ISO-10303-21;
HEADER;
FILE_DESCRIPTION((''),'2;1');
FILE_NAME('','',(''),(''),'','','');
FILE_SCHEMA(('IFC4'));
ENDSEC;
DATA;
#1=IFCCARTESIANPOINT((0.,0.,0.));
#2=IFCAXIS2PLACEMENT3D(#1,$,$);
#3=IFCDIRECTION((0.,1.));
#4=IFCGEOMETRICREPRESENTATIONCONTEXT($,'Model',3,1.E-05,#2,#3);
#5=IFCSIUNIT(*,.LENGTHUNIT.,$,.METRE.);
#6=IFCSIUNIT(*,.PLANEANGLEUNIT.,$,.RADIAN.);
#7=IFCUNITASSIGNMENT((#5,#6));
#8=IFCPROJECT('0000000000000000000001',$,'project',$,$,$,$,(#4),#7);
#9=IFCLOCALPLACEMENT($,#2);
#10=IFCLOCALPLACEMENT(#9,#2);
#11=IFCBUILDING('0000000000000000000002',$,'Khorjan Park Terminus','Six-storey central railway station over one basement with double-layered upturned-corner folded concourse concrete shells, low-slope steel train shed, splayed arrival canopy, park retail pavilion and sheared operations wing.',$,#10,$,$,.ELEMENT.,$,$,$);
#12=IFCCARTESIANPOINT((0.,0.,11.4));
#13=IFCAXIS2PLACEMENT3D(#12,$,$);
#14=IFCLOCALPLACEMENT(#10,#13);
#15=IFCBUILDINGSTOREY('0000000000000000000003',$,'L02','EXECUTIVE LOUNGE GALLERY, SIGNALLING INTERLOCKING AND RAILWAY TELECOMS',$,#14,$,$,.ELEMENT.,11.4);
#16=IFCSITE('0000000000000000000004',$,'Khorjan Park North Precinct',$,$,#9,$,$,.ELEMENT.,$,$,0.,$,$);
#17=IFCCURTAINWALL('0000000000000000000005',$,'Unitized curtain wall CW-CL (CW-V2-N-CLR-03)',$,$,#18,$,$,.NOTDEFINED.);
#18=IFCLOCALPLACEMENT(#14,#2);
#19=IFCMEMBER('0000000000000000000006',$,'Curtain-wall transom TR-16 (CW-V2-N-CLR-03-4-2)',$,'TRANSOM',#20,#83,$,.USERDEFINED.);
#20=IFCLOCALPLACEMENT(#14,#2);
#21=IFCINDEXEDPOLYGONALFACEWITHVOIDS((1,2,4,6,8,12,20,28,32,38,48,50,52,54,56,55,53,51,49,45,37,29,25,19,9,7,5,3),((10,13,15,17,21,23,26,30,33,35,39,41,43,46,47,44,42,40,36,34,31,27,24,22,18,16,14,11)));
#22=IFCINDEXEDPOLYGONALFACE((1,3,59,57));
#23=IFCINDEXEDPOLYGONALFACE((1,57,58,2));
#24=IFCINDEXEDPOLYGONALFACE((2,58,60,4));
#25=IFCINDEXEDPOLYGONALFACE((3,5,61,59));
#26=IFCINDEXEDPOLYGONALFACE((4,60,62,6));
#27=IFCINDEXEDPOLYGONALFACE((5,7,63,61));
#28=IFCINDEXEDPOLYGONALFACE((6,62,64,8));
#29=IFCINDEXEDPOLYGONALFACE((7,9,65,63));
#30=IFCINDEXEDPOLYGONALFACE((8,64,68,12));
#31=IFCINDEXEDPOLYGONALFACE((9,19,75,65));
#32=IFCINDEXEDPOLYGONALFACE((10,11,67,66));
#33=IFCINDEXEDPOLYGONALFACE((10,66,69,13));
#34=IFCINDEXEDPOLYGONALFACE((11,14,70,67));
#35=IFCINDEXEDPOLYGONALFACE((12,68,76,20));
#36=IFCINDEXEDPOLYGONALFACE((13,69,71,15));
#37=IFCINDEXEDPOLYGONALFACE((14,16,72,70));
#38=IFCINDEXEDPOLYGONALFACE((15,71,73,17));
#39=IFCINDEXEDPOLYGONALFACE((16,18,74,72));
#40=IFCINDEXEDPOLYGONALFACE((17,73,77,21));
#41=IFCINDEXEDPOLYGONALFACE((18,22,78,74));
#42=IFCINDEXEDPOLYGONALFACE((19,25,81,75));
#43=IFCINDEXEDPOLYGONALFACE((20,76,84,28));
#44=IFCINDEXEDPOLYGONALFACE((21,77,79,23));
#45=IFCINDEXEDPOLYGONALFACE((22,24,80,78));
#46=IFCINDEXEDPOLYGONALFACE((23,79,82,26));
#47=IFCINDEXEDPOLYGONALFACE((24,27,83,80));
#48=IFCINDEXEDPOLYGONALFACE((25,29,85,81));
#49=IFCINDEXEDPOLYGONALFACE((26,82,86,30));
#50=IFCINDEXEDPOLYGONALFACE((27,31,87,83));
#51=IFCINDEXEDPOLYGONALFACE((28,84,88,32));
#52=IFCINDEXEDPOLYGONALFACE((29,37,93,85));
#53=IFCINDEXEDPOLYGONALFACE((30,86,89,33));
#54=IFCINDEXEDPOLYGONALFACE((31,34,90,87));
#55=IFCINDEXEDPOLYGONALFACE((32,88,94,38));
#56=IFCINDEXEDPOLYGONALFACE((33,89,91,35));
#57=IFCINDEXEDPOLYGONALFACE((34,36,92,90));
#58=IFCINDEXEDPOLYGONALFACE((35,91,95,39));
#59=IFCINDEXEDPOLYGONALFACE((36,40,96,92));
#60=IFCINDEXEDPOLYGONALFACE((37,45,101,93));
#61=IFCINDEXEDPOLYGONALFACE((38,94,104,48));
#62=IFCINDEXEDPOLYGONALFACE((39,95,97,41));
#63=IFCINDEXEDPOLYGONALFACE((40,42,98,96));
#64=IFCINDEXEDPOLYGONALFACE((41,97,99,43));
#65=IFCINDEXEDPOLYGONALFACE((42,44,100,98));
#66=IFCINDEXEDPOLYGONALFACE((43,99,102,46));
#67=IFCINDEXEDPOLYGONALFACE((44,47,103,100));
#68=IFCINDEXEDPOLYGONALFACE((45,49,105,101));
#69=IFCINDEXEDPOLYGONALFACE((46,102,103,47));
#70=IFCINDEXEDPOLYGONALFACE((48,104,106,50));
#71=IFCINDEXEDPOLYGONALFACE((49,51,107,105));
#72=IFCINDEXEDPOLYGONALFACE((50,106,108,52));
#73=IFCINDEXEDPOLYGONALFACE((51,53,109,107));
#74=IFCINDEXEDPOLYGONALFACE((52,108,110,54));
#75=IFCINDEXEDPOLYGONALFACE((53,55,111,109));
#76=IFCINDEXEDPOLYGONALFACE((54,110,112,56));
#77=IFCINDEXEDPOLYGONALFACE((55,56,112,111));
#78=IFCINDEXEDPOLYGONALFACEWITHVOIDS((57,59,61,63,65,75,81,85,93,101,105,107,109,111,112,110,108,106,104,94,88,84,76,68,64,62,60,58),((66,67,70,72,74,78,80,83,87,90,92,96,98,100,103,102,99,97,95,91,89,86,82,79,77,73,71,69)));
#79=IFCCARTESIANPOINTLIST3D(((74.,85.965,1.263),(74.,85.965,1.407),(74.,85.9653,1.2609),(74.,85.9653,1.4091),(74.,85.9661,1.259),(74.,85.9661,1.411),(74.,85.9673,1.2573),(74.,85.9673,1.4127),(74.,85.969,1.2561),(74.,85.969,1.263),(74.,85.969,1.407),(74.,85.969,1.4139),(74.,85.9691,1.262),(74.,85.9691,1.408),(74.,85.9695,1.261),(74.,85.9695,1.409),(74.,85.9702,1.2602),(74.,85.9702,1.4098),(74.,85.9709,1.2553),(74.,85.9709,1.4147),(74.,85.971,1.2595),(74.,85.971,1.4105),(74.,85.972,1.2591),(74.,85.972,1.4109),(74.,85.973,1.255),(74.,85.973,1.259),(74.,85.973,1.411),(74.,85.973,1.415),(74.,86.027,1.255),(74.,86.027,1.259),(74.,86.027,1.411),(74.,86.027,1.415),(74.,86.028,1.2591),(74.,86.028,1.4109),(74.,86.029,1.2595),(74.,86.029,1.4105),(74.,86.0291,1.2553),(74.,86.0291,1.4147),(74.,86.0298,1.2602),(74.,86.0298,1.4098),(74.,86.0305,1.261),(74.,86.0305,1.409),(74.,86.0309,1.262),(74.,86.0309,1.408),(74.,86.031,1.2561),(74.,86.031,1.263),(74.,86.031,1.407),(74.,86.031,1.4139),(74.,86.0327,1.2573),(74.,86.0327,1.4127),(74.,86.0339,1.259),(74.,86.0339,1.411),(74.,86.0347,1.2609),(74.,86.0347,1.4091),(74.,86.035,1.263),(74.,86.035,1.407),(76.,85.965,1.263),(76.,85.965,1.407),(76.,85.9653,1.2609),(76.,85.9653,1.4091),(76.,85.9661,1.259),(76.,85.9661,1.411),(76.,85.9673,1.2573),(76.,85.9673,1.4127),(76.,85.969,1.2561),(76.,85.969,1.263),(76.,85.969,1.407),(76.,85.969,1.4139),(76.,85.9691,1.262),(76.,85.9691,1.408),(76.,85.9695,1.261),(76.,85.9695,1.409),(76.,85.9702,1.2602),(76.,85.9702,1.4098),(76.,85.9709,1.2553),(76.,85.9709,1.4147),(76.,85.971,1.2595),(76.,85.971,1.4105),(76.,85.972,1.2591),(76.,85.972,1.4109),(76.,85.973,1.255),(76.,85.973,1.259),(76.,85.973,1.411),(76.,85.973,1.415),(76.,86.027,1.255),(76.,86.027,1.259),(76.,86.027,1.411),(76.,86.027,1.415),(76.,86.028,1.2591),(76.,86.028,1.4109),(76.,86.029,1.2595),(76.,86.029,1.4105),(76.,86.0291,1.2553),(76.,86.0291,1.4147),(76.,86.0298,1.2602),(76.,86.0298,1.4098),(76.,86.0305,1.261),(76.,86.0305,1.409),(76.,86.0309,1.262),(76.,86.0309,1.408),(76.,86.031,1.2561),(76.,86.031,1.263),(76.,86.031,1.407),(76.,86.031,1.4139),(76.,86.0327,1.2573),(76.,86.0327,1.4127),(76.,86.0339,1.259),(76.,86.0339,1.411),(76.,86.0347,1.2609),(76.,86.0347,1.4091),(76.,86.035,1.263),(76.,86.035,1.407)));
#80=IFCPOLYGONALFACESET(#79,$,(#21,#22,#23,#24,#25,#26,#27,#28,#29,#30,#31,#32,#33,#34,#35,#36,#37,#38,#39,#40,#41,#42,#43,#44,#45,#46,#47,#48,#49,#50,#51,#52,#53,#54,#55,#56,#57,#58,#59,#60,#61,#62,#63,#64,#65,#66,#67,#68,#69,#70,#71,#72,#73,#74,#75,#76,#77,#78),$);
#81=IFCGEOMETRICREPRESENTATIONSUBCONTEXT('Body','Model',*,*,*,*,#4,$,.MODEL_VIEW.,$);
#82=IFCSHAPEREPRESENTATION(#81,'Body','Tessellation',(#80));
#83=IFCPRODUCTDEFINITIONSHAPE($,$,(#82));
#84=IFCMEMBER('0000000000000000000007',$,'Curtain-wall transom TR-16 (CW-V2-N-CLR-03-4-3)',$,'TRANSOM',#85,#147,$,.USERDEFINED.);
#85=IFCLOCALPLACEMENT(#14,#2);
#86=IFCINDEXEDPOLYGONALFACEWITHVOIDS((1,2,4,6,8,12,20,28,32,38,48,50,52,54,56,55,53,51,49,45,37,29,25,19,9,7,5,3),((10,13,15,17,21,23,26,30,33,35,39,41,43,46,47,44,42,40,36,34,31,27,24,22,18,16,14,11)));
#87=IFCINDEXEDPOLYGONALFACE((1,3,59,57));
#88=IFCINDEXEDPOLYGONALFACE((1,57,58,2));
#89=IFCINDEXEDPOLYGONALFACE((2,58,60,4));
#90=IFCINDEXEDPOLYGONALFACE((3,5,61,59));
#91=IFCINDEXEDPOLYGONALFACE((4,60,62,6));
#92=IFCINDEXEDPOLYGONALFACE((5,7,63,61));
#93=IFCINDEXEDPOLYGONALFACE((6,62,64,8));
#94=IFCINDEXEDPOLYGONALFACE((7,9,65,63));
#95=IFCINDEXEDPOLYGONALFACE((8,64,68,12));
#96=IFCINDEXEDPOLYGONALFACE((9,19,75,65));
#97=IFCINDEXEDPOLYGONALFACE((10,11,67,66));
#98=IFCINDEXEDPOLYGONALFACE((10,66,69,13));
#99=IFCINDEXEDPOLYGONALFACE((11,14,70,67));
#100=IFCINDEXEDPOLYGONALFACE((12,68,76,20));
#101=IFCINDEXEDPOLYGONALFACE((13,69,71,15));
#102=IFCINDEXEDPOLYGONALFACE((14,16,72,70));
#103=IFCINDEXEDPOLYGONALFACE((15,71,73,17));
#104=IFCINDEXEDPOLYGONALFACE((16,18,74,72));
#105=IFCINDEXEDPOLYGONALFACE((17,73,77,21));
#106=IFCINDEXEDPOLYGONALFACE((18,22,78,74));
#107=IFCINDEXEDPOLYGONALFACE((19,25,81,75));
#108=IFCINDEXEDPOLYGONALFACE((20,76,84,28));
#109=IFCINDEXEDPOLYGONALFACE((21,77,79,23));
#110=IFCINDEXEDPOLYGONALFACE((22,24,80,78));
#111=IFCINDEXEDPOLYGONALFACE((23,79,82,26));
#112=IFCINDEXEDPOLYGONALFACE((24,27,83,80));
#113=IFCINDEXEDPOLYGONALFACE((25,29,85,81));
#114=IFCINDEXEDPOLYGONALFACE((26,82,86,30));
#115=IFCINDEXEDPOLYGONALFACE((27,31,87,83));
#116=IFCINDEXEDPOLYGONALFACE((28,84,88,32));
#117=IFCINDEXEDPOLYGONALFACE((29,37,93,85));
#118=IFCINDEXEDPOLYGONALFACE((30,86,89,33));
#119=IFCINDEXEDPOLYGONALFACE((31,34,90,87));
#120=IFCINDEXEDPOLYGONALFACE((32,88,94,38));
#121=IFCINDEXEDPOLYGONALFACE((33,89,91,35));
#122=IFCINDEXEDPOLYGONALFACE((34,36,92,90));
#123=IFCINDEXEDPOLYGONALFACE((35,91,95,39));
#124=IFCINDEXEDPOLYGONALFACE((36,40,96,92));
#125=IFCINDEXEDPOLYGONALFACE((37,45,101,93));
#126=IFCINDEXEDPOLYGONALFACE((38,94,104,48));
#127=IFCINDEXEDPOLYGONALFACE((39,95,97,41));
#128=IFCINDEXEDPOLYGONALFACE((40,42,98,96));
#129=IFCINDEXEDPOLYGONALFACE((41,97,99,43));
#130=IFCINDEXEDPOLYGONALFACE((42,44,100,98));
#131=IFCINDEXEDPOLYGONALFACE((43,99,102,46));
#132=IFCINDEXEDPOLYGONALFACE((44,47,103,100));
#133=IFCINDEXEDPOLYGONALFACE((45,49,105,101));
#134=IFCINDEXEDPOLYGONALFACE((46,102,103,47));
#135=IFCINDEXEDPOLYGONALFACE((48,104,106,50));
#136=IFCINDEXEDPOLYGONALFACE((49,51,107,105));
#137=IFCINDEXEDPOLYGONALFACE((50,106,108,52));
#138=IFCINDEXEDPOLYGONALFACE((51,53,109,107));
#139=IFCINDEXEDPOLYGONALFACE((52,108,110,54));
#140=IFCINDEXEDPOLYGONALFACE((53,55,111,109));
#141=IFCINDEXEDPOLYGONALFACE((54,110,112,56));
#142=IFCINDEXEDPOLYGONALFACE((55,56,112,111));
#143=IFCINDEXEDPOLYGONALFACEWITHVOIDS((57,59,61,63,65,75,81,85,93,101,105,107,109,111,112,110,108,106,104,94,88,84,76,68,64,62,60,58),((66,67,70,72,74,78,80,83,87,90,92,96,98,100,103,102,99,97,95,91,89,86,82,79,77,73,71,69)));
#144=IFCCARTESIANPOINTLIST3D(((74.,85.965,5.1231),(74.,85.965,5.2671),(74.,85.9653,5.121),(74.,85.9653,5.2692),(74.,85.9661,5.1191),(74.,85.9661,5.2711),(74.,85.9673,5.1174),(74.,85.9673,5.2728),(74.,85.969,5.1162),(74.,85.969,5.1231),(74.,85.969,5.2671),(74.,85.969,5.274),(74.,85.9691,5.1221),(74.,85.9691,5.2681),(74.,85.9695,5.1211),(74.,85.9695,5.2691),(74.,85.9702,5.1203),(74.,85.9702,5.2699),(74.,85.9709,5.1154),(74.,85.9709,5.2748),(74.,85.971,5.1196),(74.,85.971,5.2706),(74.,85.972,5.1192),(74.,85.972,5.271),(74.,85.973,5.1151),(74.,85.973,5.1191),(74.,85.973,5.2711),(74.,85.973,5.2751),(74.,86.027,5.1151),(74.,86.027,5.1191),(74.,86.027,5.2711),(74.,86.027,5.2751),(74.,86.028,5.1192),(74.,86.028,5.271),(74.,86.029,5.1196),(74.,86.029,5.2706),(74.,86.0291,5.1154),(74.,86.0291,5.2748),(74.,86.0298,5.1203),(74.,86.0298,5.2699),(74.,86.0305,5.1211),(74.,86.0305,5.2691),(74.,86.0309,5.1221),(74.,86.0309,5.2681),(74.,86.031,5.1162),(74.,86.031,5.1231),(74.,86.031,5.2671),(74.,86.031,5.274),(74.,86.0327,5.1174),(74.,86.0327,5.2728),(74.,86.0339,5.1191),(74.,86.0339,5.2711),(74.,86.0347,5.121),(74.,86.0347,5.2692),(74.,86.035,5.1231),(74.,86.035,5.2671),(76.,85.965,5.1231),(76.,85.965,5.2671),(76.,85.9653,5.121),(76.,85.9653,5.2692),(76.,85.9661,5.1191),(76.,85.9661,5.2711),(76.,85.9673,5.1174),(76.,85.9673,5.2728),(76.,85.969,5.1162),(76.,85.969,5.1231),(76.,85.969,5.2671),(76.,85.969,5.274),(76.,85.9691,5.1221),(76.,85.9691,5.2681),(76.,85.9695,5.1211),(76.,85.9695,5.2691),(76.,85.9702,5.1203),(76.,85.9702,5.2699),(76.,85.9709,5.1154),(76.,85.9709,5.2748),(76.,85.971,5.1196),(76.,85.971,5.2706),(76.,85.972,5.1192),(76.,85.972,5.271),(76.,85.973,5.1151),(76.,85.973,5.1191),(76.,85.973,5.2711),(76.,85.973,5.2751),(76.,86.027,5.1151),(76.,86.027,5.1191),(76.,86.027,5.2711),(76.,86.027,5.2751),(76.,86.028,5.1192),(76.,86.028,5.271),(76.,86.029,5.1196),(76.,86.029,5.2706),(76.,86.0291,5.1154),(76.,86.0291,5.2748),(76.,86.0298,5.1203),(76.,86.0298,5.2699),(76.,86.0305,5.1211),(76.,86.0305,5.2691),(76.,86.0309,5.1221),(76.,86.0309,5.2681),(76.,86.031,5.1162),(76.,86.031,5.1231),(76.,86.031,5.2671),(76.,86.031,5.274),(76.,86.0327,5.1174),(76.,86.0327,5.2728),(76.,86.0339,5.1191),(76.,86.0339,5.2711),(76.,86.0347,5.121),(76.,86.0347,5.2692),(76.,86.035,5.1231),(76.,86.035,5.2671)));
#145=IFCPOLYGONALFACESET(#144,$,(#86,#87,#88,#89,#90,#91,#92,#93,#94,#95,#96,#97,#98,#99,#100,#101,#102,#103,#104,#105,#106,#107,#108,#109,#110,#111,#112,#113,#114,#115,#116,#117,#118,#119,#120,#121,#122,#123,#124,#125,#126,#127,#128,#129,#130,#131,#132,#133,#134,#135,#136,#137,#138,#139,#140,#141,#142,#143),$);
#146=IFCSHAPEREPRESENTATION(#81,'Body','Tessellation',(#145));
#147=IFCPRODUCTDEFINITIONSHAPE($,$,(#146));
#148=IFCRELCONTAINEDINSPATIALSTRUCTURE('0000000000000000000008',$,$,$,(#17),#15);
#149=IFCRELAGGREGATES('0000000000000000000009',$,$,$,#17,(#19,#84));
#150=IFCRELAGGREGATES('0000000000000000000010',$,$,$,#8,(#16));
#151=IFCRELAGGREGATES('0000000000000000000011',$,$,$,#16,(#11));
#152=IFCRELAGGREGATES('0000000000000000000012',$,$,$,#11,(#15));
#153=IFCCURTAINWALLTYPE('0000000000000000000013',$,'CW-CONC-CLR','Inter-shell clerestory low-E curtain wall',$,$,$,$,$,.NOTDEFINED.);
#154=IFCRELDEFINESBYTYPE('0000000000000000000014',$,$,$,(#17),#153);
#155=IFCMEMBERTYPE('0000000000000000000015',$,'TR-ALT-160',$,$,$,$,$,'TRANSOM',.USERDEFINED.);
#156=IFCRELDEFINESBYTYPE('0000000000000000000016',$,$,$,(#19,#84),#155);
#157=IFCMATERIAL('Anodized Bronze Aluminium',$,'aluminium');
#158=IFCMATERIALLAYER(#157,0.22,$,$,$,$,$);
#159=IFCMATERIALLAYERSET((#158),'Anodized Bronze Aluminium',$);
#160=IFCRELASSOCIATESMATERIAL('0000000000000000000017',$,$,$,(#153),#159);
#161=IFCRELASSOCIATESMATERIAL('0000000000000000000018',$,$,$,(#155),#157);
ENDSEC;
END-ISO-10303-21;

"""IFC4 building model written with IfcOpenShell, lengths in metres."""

from ifc_helpers import new_model, si_unit, direction, frame, origin, origin_2d, place, context, subcontext, project, spatial, hollow_rectangle, extrude, material, layer, layer_set, material_profile, profile_set, type_object, element, aggregate, save


model = new_model("IFC4")

# Units and contexts
model_context = context("Model", 3, precision=1e-05, world=origin(), true_north=direction((0.0, 1.0)))
body_context = subcontext(model_context, "Body", "Model", "MODEL_VIEW")
ifc_project = project(units=[si_unit("LENGTHUNIT", "METRE"), si_unit("PLANEANGLEUNIT", "RADIAN")], contexts=[model_context])

# Site, building, storey
site_placement = place(None, origin())
site = spatial("IfcSite", under=ifc_project, at=site_placement, Name="Khorjan Park North Precinct", CompositionType="ELEMENT", RefElevation=0.0)
building_placement = place(site_placement, origin())
building = spatial("IfcBuilding", under=site, at=building_placement, Name="Khorjan Park Terminus", Description="Six-storey central railway station over one basement with double-layered upturned-corner folded concourse concrete shells, low-slope steel train shed, splayed arrival canopy, park retail pavilion and sheared operations wing.", CompositionType="ELEMENT")
storey_placement = place(building_placement, frame((0.0, 0.0, 11.4)))
storey = spatial("IfcBuildingStorey", under=building, at=storey_placement, Name="L02", Description="EXECUTIVE LOUNGE GALLERY, SIGNALLING INTERLOCKING AND RAILWAY TELECOMS", CompositionType="ELEMENT", Elevation=11.4)

# Curtain wall
ifc_material_1 = material(Name="Anodized Bronze Aluminium", Category="aluminium")
ifc_layer_1 = layer(ifc_material_1, 0.22)
ifc_layer_set_1 = layer_set([ifc_layer_1], Name="Anodized Bronze Aluminium")
curtain_wall_type = type_object("IfcCurtainWallType", Name="CW-CONC-CLR", Description="Inter-shell clerestory low-E curtain wall", PredefinedType="NOTDEFINED", material=ifc_layer_set_1)
curtain_wall_1_placement = place(storey_placement, origin())
curtain_wall_1 = element("IfcCurtainWall", 1, at=curtain_wall_1_placement, inside=storey, type_object=curtain_wall_type, Name="Unitized curtain wall CW-CL (CW-V2-N-CLR-03)", PredefinedType="NOTDEFINED")

# Members
ifc_material_profile_1 = material_profile(ifc_material_1, hollow_rectangle(XDim=0.07, YDim=0.16, WallThickness=0.004, InnerFilletRadius=0.004, OuterFilletRadius=0.008, at=origin_2d()), Name="ALT 70x160x4")
ifc_profile_set_1 = profile_set([ifc_material_profile_1], Name="Anodized Bronze Aluminium")
member_type_1 = type_object("IfcMemberType", Name="TR-ALT-160", ElementType="TRANSOM", PredefinedType="USERDEFINED", material=ifc_profile_set_1)
member_1_placement = place(storey_placement, frame((76.0, 86.0, 1.335), z_axis=(-1.0, 0.0, 0.0), x_axis=(0.0, -1.0, 0.0)))
member_1 = element("IfcMember", 2, at=member_1_placement, type_object=member_type_1, Name="Curtain-wall transom TR-16 (CW-V2-N-CLR-03-4-2)", ObjectType="TRANSOM", PredefinedType="USERDEFINED", context=body_context, shape_type="SweptSolid", body=[
    extrude(hollow_rectangle(XDim=0.07, YDim=0.16, WallThickness=0.004, InnerFilletRadius=0.004, OuterFilletRadius=0.008, at=origin_2d()), origin(), (0.0, 0.0, 1.0), 2.0),
])
member_2_placement = place(storey_placement, frame((76.0, 86.0, 5.1951), z_axis=(-1.0, 0.0, 0.0), x_axis=(0.0, -1.0, 0.0)))
member_2 = element("IfcMember", 3, at=member_2_placement, type_object=member_type_1, Name="Curtain-wall transom TR-16 (CW-V2-N-CLR-03-4-3)", ObjectType="TRANSOM", PredefinedType="USERDEFINED", context=body_context, shape_type="SweptSolid", body=[
    extrude(hollow_rectangle(XDim=0.07, YDim=0.16, WallThickness=0.004, InnerFilletRadius=0.004, OuterFilletRadius=0.008, at=origin_2d()), origin(), (0.0, 0.0, 1.0), 2.0),
])

aggregate(curtain_wall_1, [member_1, member_2])

save(model, "model.ifc")
